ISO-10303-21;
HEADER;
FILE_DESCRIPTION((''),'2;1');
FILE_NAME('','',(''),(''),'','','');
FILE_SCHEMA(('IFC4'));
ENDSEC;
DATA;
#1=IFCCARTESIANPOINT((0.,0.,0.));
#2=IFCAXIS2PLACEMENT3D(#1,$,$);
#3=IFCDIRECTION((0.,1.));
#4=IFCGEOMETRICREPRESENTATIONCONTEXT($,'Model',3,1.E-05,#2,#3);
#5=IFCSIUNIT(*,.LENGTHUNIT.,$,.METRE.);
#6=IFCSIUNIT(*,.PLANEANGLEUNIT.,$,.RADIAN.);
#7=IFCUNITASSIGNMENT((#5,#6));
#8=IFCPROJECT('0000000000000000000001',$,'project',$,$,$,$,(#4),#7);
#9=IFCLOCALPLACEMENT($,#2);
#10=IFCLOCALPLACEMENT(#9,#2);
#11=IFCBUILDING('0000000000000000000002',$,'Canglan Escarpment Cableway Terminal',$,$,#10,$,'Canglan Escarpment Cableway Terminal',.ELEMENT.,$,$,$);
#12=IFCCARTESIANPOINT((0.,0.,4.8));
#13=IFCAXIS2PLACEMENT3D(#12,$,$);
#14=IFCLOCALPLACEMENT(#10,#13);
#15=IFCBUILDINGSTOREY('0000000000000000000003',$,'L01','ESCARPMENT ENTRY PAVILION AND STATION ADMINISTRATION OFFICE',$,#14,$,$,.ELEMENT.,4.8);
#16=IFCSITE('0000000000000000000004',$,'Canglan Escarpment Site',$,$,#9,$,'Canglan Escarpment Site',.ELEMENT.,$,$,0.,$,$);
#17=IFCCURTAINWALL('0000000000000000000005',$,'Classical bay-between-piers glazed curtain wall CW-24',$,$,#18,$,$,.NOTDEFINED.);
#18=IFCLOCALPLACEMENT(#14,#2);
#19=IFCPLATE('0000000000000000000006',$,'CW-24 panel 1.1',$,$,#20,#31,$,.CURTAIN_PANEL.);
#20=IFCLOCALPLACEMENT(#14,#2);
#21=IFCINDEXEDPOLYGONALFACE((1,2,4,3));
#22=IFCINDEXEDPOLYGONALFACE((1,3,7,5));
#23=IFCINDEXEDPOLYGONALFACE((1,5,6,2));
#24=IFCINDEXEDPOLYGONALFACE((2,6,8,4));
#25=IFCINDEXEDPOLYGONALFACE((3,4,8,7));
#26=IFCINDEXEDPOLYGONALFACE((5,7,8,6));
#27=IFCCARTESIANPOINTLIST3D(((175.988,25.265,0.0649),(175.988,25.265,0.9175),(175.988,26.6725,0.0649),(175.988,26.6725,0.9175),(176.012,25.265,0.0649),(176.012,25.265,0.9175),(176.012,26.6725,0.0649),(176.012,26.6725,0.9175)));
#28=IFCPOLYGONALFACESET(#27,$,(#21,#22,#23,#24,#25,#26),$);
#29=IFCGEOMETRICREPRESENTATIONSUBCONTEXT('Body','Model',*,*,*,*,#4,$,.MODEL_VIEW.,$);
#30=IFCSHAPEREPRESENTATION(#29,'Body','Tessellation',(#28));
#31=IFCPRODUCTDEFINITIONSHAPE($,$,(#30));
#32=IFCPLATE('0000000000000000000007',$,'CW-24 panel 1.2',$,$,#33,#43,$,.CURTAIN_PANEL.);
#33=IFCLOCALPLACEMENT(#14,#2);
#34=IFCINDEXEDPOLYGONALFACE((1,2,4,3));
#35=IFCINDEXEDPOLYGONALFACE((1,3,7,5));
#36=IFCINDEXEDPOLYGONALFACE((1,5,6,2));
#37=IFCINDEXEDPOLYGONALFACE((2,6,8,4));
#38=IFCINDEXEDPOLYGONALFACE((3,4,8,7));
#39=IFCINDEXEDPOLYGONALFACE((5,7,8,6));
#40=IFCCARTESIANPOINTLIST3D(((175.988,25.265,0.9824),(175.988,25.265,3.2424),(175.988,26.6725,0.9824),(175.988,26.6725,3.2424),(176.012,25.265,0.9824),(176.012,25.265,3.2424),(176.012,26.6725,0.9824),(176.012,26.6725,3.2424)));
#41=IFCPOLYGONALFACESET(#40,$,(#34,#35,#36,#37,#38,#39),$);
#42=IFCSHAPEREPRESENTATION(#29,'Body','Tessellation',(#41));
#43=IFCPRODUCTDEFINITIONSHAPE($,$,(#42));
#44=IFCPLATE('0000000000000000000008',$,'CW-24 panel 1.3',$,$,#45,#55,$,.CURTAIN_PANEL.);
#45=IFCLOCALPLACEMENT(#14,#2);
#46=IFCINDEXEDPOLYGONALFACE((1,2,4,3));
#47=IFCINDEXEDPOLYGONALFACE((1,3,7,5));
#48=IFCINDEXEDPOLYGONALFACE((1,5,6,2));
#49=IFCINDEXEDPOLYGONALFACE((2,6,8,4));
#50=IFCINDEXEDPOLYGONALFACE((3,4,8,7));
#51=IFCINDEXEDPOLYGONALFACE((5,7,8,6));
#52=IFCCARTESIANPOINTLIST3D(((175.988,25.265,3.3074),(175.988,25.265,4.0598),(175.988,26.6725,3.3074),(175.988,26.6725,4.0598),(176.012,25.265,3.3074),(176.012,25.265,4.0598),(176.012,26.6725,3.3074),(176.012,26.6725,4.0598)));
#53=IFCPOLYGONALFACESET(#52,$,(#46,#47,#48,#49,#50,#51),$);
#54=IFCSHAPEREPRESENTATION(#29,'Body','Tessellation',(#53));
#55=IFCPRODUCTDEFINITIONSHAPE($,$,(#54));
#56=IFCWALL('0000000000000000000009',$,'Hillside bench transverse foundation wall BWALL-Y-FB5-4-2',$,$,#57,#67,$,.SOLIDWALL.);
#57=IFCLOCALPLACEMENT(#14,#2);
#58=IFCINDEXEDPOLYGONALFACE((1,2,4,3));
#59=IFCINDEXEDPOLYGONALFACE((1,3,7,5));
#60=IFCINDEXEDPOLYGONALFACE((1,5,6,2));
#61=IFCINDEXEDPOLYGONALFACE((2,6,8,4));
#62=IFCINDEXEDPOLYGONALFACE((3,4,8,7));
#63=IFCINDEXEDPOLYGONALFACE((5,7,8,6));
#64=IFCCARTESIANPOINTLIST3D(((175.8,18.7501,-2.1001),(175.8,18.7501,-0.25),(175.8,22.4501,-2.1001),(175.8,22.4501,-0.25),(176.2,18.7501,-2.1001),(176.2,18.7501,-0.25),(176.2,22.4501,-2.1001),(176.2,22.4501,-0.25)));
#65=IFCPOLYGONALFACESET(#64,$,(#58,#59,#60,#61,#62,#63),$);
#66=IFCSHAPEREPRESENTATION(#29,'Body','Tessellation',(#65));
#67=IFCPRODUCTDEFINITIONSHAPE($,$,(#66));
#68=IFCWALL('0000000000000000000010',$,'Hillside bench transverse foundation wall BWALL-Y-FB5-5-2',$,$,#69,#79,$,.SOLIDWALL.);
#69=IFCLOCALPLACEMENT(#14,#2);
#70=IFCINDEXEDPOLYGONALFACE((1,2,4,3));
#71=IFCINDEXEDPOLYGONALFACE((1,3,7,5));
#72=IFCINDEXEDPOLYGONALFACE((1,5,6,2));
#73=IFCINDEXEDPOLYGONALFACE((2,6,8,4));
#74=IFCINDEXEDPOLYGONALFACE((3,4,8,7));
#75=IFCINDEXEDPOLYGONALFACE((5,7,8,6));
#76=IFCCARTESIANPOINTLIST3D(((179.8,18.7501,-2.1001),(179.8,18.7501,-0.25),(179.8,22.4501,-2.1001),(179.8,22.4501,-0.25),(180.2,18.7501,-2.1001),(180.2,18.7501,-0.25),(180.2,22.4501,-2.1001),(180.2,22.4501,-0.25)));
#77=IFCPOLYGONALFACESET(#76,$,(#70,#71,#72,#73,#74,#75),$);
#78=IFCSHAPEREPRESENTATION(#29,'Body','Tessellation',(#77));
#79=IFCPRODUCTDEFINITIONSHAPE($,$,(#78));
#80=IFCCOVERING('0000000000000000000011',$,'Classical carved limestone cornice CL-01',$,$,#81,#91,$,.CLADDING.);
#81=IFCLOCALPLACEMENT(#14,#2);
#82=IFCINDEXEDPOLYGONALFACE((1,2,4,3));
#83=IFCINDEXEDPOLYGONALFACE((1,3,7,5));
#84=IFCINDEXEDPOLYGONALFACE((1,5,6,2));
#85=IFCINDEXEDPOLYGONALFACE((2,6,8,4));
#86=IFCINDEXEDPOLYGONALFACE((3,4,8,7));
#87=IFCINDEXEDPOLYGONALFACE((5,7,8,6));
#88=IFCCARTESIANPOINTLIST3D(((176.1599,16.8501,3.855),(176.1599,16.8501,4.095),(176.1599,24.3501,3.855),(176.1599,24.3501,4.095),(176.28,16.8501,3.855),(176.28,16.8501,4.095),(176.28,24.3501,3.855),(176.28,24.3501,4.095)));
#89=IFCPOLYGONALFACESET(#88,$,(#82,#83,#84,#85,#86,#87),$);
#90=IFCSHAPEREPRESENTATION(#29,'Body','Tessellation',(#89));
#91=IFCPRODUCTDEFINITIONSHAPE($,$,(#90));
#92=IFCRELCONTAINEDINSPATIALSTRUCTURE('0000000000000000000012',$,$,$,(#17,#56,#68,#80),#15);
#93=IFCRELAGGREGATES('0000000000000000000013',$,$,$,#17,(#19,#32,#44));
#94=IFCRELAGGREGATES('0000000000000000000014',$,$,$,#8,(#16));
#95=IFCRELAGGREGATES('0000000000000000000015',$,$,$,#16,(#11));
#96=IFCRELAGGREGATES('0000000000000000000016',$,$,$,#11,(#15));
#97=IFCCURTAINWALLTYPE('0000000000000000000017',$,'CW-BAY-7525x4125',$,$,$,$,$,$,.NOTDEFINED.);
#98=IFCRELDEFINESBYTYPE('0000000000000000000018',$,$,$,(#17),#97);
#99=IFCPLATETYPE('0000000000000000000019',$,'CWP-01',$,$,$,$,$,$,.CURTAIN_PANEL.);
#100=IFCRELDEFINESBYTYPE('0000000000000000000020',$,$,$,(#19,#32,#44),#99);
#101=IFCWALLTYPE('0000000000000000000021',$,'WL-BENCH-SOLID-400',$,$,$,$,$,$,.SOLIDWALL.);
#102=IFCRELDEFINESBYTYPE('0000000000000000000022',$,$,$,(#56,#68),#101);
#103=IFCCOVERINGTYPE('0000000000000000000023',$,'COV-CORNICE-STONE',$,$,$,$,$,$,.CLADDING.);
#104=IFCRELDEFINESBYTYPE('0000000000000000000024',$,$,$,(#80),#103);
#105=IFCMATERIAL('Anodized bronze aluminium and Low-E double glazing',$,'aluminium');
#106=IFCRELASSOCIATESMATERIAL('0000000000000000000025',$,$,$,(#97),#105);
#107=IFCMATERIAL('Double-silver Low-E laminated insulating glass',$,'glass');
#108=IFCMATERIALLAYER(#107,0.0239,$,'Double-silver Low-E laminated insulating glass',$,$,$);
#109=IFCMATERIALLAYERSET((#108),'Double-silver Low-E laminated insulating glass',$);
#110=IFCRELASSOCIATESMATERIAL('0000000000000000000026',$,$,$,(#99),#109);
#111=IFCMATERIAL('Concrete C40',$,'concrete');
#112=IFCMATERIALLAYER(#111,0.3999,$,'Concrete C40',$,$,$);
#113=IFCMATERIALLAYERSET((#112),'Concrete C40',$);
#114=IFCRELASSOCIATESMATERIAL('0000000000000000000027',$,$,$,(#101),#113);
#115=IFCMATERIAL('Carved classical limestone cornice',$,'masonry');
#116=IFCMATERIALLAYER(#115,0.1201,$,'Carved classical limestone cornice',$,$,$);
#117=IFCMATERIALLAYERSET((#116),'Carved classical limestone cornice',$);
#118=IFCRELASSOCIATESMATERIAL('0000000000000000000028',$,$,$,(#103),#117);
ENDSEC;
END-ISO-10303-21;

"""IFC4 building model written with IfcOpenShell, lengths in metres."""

from ifc_helpers import new_model, si_unit, direction, frame, frame_2d, origin, origin_2d, place, context, subcontext, project, spatial, rectangle, extrude, material, layer, layer_set, type_object, element, aggregate, save


model = new_model("IFC4")

# Units and contexts
model_context = context("Model", 3, precision=1e-05, world=origin(), true_north=direction((0.0, 1.0)))
body_context = subcontext(model_context, "Body", "Model", "MODEL_VIEW")
ifc_project = project(units=[si_unit("LENGTHUNIT", "METRE"), si_unit("PLANEANGLEUNIT", "RADIAN")], contexts=[model_context])

# Site, building, storey
site_placement = place(None, origin())
site = spatial("IfcSite", under=ifc_project, at=site_placement, Name="Canglan Escarpment Site", LongName="Canglan Escarpment Site", CompositionType="ELEMENT", RefElevation=0.0)
building_placement = place(site_placement, origin())
building = spatial("IfcBuilding", under=site, at=building_placement, Name="Canglan Escarpment Cableway Terminal", LongName="Canglan Escarpment Cableway Terminal", CompositionType="ELEMENT")
storey_placement = place(building_placement, frame((0.0, 0.0, 4.8)))
storey = spatial("IfcBuildingStorey", under=building, at=storey_placement, Name="L01", Description="ESCARPMENT ENTRY PAVILION AND STATION ADMINISTRATION OFFICE", CompositionType="ELEMENT", Elevation=4.8)

# Shared definitions
ifc_material_1 = material(Name="Concrete C40", Category="concrete")

# Curtain wall
ifc_material_2 = material(Name="Anodized bronze aluminium and Low-E double glazing", Category="aluminium")
curtain_wall_type = type_object("IfcCurtainWallType", Name="CW-BAY-7525x4125", PredefinedType="NOTDEFINED", material=ifc_material_2)
curtain_wall_placement = place(storey_placement, origin())
curtain_wall = element("IfcCurtainWall", 1, at=curtain_wall_placement, inside=storey, type_object=curtain_wall_type, Name="Classical bay-between-piers glazed curtain wall CW-24", PredefinedType="NOTDEFINED")

# Plates
ifc_material_3 = material(Name="Double-silver Low-E laminated insulating glass", Category="glass")
ifc_layer_1 = layer(ifc_material_3, 0.0239, Name="Double-silver Low-E laminated insulating glass")
ifc_layer_set_1 = layer_set([ifc_layer_1], Name="Double-silver Low-E laminated insulating glass")
plate_type = type_object("IfcPlateType", Name="CWP-01", PredefinedType="CURTAIN_PANEL", material=ifc_layer_set_1)
plate_1_placement = place(storey_placement, frame((176.0, 25.9688, 0.0649), z_axis=(0.0, 0.0, 1.0), x_axis=(0.0, 1.0, 0.0)))
plate_1 = element("IfcPlate", 2, at=plate_1_placement, type_object=plate_type, Name="CW-24 panel 1.1", PredefinedType="CURTAIN_PANEL", context=body_context, shape_type="SweptSolid", body=[
    extrude(rectangle(XDim=1.4075, YDim=0.0239, at=origin_2d()), origin(), (0.0, 0.0, 1.0), 0.8525),
])
plate_2_placement = place(storey_placement, frame((176.0, 25.9688, 0.9824), z_axis=(0.0, 0.0, 1.0), x_axis=(0.0, 1.0, 0.0)))
plate_2 = element("IfcPlate", 3, at=plate_2_placement, type_object=plate_type, Name="CW-24 panel 1.2", PredefinedType="CURTAIN_PANEL", context=body_context, shape_type="SweptSolid", body=[
    extrude(rectangle(XDim=1.4075, YDim=0.0239, at=origin_2d()), origin(), (0.0, 0.0, 1.0), 2.26),
])
plate_3_placement = place(storey_placement, frame((176.0, 25.9688, 3.3074), z_axis=(0.0, 0.0, 1.0), x_axis=(0.0, 1.0, 0.0)))
plate_3 = element("IfcPlate", 4, at=plate_3_placement, type_object=plate_type, Name="CW-24 panel 1.3", PredefinedType="CURTAIN_PANEL", context=body_context, shape_type="SweptSolid", body=[
    extrude(rectangle(XDim=1.4075, YDim=0.0239, at=origin_2d()), origin(), (0.0, 0.0, 1.0), 0.7524),
])
aggregate(curtain_wall, [plate_1, plate_2, plate_3])

# Walls
ifc_layer_2 = layer(ifc_material_1, 0.3999, Name="Concrete C40")
ifc_layer_set_2 = layer_set([ifc_layer_2], Name="Concrete C40")
wall_type = type_object("IfcWallType", Name="WL-BENCH-SOLID-400", PredefinedType="SOLIDWALL", material=ifc_layer_set_2)
for number, where, z_axis, x_axis, name in (
    (5, (176.0, 18.75, -2.1001), (0.0, 0.0, 1.0), (0.0, 1.0, 0.0), "Hillside bench transverse foundation wall BWALL-Y-FB5-4-2"),
    (6, (180.0, 18.75, -2.1001), (0.0, 0.0, 1.0), (0.0, 1.0, 0.0), "Hillside bench transverse foundation wall BWALL-Y-FB5-5-2"),
):
    element("IfcWall", number, at=place(storey_placement, frame(where, z_axis=z_axis, x_axis=x_axis)), inside=storey, type_object=wall_type, Name=name, PredefinedType="SOLIDWALL", context=body_context, shape_type="SweptSolid", body=[
        extrude(rectangle(XDim=3.7, YDim=0.3999, at=frame_2d((1.8501, 0.0))), origin(), (0.0, 0.0, 1.0), 1.8501),
    ])

# Covering
ifc_material_4 = material(Name="Carved classical limestone cornice", Category="masonry")
ifc_layer_3 = layer(ifc_material_4, 0.1201, Name="Carved classical limestone cornice")
ifc_layer_set_3 = layer_set([ifc_layer_3], Name="Carved classical limestone cornice")
covering_type = type_object("IfcCoveringType", Name="COV-CORNICE-STONE", PredefinedType="CLADDING", material=ifc_layer_set_3)
covering_placement = place(storey_placement, frame((176.22, 20.6001, 3.855), z_axis=(0.0, 0.0, 1.0), x_axis=(0.0, 1.0, 0.0)))
element("IfcCovering", 7, at=covering_placement, inside=storey, type_object=covering_type, Name="Classical carved limestone cornice CL-01", PredefinedType="CLADDING", context=body_context, shape_type="SweptSolid", body=[
    extrude(rectangle(XDim=7.5, YDim=0.1201, at=origin_2d()), origin(), (0.0, 0.0, 1.0), 0.24),
])

save(model, "model.ifc")
